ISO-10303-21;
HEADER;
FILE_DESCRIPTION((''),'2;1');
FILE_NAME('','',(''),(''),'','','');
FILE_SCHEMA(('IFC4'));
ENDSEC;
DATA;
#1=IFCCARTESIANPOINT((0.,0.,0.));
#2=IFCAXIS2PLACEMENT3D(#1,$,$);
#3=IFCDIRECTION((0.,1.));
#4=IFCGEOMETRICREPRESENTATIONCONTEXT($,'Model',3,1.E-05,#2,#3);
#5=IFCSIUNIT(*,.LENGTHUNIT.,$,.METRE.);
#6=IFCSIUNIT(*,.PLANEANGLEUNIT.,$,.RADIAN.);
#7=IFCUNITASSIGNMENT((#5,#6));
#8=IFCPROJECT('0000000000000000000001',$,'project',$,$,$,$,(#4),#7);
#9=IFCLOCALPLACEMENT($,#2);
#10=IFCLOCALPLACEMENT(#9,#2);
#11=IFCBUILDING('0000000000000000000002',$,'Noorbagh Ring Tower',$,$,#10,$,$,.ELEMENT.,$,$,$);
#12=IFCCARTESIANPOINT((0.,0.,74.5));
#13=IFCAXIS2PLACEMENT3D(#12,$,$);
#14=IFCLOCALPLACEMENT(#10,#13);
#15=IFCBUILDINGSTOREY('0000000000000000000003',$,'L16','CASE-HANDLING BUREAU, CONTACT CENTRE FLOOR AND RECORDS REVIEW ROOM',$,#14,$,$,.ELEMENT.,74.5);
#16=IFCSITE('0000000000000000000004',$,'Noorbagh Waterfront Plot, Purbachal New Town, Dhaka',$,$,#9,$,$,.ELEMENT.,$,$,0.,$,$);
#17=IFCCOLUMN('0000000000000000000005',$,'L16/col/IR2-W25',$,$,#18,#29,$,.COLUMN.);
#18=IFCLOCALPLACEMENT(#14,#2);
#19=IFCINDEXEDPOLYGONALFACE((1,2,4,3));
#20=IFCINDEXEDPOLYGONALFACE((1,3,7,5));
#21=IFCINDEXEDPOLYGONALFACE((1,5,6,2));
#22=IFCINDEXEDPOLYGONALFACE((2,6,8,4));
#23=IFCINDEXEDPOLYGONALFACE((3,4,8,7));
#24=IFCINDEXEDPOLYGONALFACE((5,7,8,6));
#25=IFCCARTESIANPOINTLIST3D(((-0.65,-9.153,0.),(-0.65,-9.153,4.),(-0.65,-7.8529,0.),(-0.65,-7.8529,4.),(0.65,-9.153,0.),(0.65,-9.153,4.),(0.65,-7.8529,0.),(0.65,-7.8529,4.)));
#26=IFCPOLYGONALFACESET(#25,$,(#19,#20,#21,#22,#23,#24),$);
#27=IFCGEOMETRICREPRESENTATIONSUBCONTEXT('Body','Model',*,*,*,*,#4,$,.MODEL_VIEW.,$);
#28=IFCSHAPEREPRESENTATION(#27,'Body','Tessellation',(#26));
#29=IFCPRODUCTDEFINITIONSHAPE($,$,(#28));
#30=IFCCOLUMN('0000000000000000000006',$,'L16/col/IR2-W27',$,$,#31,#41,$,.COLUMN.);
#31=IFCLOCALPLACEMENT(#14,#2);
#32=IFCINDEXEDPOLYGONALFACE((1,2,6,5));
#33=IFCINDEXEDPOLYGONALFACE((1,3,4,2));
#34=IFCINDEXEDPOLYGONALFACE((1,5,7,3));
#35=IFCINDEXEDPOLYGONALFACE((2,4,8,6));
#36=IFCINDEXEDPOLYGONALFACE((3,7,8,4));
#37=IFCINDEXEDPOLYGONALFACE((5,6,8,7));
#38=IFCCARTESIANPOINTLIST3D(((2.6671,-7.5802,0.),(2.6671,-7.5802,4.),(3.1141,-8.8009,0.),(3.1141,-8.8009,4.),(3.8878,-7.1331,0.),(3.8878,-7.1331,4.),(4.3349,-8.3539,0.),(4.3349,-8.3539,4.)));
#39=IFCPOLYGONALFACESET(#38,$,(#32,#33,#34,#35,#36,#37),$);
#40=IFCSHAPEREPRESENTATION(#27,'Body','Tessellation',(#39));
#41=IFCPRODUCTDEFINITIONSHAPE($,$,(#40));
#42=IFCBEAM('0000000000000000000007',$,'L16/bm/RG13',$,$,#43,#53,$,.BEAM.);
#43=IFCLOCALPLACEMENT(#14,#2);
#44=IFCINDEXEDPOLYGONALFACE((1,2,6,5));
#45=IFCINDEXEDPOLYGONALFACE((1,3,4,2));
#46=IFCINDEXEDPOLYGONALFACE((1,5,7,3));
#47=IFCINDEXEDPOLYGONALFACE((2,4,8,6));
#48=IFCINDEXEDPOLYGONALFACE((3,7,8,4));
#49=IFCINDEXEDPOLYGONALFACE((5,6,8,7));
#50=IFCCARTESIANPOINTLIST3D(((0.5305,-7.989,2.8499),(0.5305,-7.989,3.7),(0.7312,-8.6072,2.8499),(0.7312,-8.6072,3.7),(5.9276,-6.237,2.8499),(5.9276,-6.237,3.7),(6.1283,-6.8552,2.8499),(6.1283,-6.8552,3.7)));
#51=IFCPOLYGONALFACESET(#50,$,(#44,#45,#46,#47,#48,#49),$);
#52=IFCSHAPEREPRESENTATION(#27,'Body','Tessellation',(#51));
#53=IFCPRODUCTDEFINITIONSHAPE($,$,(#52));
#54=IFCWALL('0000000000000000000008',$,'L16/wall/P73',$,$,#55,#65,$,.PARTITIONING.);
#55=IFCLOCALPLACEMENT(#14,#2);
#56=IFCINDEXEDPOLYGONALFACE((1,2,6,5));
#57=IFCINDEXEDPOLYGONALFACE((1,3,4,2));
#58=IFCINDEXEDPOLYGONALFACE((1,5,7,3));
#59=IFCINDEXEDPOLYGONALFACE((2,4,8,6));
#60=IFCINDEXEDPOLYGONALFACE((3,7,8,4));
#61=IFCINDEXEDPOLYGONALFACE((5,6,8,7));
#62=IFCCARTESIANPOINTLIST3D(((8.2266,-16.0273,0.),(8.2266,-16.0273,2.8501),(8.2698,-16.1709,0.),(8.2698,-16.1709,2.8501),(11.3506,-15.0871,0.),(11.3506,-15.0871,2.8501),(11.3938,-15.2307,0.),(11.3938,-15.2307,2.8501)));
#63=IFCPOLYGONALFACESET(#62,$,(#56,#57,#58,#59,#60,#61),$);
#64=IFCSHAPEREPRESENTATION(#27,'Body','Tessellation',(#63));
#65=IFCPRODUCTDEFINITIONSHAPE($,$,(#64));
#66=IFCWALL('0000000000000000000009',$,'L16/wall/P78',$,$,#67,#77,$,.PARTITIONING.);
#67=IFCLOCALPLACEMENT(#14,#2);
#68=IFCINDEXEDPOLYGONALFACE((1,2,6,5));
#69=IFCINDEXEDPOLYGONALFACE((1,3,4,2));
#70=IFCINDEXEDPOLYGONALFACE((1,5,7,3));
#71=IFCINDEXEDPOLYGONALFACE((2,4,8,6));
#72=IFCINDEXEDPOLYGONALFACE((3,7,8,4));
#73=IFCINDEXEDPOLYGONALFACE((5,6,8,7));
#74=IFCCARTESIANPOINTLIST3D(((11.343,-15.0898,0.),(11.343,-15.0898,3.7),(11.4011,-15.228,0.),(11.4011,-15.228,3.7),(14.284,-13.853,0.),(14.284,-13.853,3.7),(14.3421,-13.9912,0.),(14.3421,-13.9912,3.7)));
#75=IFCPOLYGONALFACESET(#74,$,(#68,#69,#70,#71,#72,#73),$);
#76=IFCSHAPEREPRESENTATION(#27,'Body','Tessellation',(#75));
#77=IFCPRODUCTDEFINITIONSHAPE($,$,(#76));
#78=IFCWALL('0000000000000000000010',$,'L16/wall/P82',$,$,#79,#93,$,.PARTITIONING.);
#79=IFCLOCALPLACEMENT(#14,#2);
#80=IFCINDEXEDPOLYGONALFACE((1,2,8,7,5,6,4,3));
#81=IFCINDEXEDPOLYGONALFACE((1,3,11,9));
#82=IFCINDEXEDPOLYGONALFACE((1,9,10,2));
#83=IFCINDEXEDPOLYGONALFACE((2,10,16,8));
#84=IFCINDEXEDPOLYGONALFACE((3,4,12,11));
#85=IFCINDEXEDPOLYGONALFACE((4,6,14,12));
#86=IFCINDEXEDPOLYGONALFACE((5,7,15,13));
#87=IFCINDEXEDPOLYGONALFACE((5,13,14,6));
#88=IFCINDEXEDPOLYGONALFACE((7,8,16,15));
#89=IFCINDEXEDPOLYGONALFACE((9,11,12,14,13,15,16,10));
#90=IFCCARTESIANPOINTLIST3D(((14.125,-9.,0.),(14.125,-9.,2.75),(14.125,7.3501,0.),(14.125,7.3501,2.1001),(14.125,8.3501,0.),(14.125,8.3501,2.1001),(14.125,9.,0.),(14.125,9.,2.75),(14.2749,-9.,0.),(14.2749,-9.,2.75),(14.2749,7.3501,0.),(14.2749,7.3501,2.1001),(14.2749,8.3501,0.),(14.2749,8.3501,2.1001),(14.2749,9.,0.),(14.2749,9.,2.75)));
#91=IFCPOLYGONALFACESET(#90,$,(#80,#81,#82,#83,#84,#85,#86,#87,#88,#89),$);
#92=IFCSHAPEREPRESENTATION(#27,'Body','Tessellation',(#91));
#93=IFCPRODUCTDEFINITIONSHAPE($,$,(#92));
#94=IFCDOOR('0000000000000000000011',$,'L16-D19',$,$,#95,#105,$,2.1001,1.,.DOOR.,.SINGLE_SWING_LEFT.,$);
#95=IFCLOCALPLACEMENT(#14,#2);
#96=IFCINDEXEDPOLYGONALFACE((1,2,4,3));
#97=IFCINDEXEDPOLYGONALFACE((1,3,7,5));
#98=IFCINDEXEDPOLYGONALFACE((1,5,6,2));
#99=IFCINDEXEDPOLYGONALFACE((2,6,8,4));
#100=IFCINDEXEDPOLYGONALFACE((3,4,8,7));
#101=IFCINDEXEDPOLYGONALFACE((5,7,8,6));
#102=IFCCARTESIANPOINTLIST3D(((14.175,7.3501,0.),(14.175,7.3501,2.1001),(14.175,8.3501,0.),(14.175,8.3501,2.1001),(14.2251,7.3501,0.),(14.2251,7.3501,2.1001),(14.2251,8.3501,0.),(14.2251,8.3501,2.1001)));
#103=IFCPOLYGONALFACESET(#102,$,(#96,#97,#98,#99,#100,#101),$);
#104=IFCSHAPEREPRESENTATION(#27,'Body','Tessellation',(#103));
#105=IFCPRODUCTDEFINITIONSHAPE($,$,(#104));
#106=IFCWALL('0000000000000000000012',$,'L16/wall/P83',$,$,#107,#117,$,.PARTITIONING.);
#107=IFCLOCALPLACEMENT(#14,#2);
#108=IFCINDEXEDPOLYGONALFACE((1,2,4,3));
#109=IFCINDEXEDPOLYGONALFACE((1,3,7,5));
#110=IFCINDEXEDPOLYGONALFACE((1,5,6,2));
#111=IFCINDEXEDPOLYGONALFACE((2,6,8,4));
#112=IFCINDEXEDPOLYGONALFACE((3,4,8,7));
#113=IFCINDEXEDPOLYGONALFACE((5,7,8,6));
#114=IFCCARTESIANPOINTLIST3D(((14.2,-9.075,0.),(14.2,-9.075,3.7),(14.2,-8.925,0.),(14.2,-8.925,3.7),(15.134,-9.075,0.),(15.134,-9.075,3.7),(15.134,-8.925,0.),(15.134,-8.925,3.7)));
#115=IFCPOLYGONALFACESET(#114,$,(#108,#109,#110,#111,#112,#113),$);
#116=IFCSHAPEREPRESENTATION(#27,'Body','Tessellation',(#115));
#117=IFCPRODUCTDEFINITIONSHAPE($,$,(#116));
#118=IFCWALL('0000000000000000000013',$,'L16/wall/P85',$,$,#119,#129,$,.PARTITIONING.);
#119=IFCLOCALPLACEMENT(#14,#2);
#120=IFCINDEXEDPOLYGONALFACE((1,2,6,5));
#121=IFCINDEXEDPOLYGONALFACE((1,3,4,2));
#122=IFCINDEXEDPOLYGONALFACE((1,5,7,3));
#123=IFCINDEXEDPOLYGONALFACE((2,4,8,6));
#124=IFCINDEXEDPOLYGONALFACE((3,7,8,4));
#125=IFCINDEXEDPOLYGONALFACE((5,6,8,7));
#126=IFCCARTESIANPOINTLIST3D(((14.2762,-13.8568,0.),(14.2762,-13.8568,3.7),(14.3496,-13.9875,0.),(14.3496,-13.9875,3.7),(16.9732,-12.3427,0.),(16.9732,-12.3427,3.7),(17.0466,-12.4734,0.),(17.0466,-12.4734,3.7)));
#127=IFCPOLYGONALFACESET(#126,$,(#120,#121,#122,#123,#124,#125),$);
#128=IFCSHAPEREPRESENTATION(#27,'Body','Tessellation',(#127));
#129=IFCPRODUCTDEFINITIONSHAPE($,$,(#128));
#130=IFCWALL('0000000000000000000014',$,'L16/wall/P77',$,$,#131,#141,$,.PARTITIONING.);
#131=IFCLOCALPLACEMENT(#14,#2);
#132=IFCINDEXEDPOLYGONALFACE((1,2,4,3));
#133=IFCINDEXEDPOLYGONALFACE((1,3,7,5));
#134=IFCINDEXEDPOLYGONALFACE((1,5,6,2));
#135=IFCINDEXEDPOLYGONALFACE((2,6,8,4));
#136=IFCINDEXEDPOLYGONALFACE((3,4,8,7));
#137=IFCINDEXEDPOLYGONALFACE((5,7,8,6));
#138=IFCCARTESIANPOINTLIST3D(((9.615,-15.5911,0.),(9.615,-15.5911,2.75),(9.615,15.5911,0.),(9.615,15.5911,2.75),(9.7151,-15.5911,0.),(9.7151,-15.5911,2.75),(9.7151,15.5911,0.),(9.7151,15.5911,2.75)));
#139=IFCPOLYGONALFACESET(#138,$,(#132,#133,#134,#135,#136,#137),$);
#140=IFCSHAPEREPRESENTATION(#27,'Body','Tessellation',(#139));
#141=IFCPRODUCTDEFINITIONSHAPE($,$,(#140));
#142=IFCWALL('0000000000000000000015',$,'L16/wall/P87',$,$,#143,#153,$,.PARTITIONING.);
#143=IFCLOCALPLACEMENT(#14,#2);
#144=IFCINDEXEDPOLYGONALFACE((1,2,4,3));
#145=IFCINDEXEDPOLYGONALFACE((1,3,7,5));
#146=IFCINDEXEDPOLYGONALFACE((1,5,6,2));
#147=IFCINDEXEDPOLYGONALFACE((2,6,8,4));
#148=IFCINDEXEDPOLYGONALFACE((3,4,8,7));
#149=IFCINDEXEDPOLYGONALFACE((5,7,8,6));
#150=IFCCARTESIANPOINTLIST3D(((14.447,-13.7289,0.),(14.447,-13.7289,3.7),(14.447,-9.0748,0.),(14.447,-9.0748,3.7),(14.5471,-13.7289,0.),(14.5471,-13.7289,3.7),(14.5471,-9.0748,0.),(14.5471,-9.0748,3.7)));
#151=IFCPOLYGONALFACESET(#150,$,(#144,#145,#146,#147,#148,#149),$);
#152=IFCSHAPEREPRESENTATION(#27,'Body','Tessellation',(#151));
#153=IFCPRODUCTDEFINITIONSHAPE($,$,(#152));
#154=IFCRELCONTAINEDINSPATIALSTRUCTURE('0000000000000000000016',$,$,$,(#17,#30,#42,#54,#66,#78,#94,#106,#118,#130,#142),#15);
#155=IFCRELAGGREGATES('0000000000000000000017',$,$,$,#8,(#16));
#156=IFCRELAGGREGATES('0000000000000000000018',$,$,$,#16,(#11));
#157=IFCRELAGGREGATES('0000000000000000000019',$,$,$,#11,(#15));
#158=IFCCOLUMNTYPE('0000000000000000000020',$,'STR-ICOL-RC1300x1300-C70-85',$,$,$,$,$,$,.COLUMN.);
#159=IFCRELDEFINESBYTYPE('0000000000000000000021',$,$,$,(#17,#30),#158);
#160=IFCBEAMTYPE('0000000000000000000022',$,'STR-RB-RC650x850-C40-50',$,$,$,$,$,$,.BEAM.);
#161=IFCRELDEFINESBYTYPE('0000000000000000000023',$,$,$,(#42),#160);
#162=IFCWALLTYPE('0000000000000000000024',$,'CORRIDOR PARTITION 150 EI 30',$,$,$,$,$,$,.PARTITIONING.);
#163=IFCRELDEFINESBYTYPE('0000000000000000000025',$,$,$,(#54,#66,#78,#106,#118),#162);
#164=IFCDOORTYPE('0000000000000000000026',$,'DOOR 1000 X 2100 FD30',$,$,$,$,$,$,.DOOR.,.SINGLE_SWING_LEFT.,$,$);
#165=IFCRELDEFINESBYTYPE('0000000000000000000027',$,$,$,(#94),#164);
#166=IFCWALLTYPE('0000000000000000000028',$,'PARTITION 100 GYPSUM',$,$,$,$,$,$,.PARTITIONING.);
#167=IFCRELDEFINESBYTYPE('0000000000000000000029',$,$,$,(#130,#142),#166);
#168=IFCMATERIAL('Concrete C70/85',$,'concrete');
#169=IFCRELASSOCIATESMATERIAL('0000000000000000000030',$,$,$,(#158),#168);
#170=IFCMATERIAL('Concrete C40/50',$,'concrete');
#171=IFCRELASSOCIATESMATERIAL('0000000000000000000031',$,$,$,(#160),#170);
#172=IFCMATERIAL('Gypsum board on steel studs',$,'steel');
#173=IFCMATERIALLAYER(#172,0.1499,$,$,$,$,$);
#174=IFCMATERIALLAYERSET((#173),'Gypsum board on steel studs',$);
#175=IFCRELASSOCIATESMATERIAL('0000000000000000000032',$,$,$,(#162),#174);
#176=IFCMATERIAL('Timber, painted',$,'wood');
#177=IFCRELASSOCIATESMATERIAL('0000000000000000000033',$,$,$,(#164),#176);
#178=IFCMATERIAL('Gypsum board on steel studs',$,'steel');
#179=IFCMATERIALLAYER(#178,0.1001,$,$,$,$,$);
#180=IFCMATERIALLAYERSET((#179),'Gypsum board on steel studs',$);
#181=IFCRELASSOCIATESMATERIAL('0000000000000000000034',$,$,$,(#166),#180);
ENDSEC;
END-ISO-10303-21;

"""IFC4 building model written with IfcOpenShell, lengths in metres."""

from ifc_helpers import new_model, si_unit, direction, frame, frame_2d, origin, origin_2d, place, context, subcontext, project, spatial, rectangle, extrude, material, layer, layer_set, material_profile, profile_set, type_object, element, fill, save


model = new_model("IFC4")

# Units and contexts
model_context = context("Model", 3, precision=1e-05, world=origin(), true_north=direction((0.0, 1.0)))
body_context = subcontext(model_context, "Body", "Model", "MODEL_VIEW")
ifc_project = project(units=[si_unit("LENGTHUNIT", "METRE"), si_unit("PLANEANGLEUNIT", "RADIAN")], contexts=[model_context])

# Site, building, storey
site_placement = place(None, origin())
site = spatial("IfcSite", under=ifc_project, at=site_placement, Name="Noorbagh Waterfront Plot, Purbachal New Town, Dhaka", CompositionType="ELEMENT", RefElevation=0.0)
building_placement = place(site_placement, origin())
building = spatial("IfcBuilding", under=site, at=building_placement, Name="Noorbagh Ring Tower", CompositionType="ELEMENT")
storey_placement = place(building_placement, frame((0.0, 0.0, 74.5)))
storey = spatial("IfcBuildingStorey", under=building, at=storey_placement, Name="L16", Description="CASE-HANDLING BUREAU, CONTACT CENTRE FLOOR AND RECORDS REVIEW ROOM", CompositionType="ELEMENT", Elevation=74.5)

# Columns
ifc_material_1 = material(Name="Concrete C70/85", Category="concrete")
ifc_material_profile_1 = material_profile(ifc_material_1, rectangle(XDim=1.3, YDim=1.3, at=origin_2d()), Name="RC1300x1300")
ifc_profile_set_1 = profile_set([ifc_material_profile_1], Name="Concrete C70/85")
column_type = type_object("IfcColumnType", Name="STR-ICOL-RC1300x1300-C70-85", PredefinedType="COLUMN", material=ifc_profile_set_1)
for number, where, z_axis, x_axis, name in (
    (1, (0.0, -8.5029, 0.0), (0.0, 0.0, 1.0), (1.0, 0.0, 0.0), "L16/col/IR2-W25"),
    (2, (3.501, -7.967, 0.0), (0.0, 0.0, 1.0), (0.93902, 0.343864, 0.0), "L16/col/IR2-W27"),
):
    element("IfcColumn", number, at=place(storey_placement, frame(where, z_axis=z_axis, x_axis=x_axis)), inside=storey, type_object=column_type, Name=name, PredefinedType="COLUMN", context=body_context, shape_type="SweptSolid", body=[
        extrude(rectangle(XDim=1.3, YDim=1.3, at=origin_2d()), origin(), (0.0, 0.0, 1.0), 4.0),
    ])

# Beam
ifc_material_2 = material(Name="Concrete C40/50", Category="concrete")
ifc_material_profile_2 = material_profile(ifc_material_2, rectangle(XDim=0.6499, YDim=0.8501, at=origin_2d()), Name="RC650x850")
ifc_profile_set_2 = profile_set([ifc_material_profile_2], Name="Concrete C40/50")
beam_type = type_object("IfcBeamType", Name="STR-RB-RC650x850-C40-50", PredefinedType="BEAM", material=ifc_profile_set_2)
beam_placement = place(storey_placement, frame((0.6309, -8.2981, 3.2749), z_axis=(0.951141, 0.308757, 0.0), x_axis=(-0.308757, 0.951141, 0.0)))
element("IfcBeam", 3, at=beam_placement, inside=storey, type_object=beam_type, Name="L16/bm/RG13", PredefinedType="BEAM", context=body_context, shape_type="SweptSolid", body=[
    extrude(rectangle(XDim=0.6499, YDim=0.8501, at=origin_2d()), origin(), (0.0, 0.0, 1.0), 5.6743),
])

# Walls
ifc_material_3 = material(Name="Gypsum board on steel studs", Category="steel")
ifc_layer_1 = layer(ifc_material_3, 0.1499)
ifc_layer_set_1 = layer_set([ifc_layer_1], Name="Gypsum board on steel studs")
wall_type_1 = type_object("IfcWallType", Name="CORRIDOR PARTITION 150 EI 30", PredefinedType="PARTITIONING", material=ifc_layer_set_1)
wall_1_placement = place(storey_placement, frame((8.248, -16.0991, 0.0), z_axis=(0.0, 0.0, 1.0), x_axis=(0.957575, 0.288185, 0.0)))
element("IfcWall", 4, at=wall_1_placement, inside=storey, type_object=wall_type_1, Name="L16/wall/P73", PredefinedType="PARTITIONING", context=body_context, shape_type="SweptSolid", body=[
    extrude(rectangle(XDim=3.2625, YDim=0.1499, at=frame_2d((1.6313, 0.0))), origin(), (0.0, 0.0, 1.0), 2.8501),
])
wall_2_placement = place(storey_placement, frame((11.3721, -15.1589, 0.0), z_axis=(0.0, 0.0, 1.0), x_axis=(0.9218, 0.387667, 0.0)))
element("IfcWall", 5, at=wall_2_placement, inside=storey, type_object=wall_type_1, Name="L16/wall/P78", PredefinedType="PARTITIONING", context=body_context, shape_type="SweptSolid", body=[
    extrude(rectangle(XDim=3.1904, YDim=0.1499, at=frame_2d((1.5952, 0.0))), origin(), (0.0, 0.0, 1.0), 3.7),
])

# Wall, opening, door
wall_3_placement = place(storey_placement, frame((14.2, -9.0, 0.0), z_axis=(0.0, 0.0, 1.0), x_axis=(0.0, 1.0, 0.0)))
wall_3 = element("IfcWall", 6, at=wall_3_placement, inside=storey, type_object=wall_type_1, Name="L16/wall/P82", PredefinedType="PARTITIONING", context=body_context, shape_type="SweptSolid", body=[
    extrude(rectangle(XDim=18.0, YDim=0.1499, at=frame_2d((9.0, 0.0))), origin(), (0.0, 0.0, 1.0), 2.75),
])
opening_placement = place(wall_3_placement, frame((16.3501, 0.0, 0.0)))
opening = element("IfcOpeningElement", 7, at=opening_placement, cuts=wall_3, PredefinedType="OPENING", context=body_context, shape_type="SweptSolid", body=[
    extrude(rectangle(XDim=1.0, YDim=2.1001, at=frame_2d((0.5, 1.05))), frame((0.0, 0.085, 0.0), z_axis=(0.0, -1.0, 0.0), x_axis=(1.0, 0.0, 0.0)), (0.0, 0.0, 1.0), 0.1699),
])
ifc_material_4 = material(Name="Timber, painted", Category="wood")
door_type = type_object("IfcDoorType", Name="DOOR 1000 X 2100 FD30", OperationType="SINGLE_SWING_LEFT", PredefinedType="DOOR", material=ifc_material_4)
door_placement = place(opening_placement, origin())
door = element("IfcDoor", 8, at=door_placement, inside=storey, type_object=door_type, Name="L16-D19", OperationType="SINGLE_SWING_LEFT", OverallHeight=2.1001, OverallWidth=1.0, PredefinedType="DOOR", context=body_context, shape_type="SweptSolid", body=[
    extrude(rectangle(XDim=1.0, YDim=2.1001, at=frame_2d((0.5, 1.05))), frame((0.0, 0.0249, 0.0), z_axis=(0.0, -1.0, 0.0), x_axis=(1.0, 0.0, 0.0)), (0.0, 0.0, 1.0), 0.05),
])
fill(opening, door)

# Walls
wall_4_placement = place(storey_placement, frame((14.2, -9.0, 0.0), z_axis=(0.0, 0.0, 1.0), x_axis=(1.0, 0.0, 0.0)))
element("IfcWall", 9, at=wall_4_placement, inside=storey, type_object=wall_type_1, Name="L16/wall/P83", PredefinedType="PARTITIONING", context=body_context, shape_type="SweptSolid", body=[
    extrude(rectangle(XDim=0.9341, YDim=0.1499, at=frame_2d((0.467, 0.0))), origin(), (0.0, 0.0, 1.0), 3.7),
])
wall_5_placement = place(storey_placement, frame((14.313, -13.9221, 0.0), z_axis=(0.0, 0.0, 1.0), x_axis=(0.871978, 0.489545, 0.0)))
element("IfcWall", 10, at=wall_5_placement, inside=storey, type_object=wall_type_1, Name="L16/wall/P85", PredefinedType="PARTITIONING", context=body_context, shape_type="SweptSolid", body=[
    extrude(rectangle(XDim=3.093, YDim=0.1499, at=frame_2d((1.5464, 0.0))), origin(), (0.0, 0.0, 1.0), 3.7),
])
ifc_material_5 = material(Name="Gypsum board on steel studs", Category="steel")
ifc_layer_2 = layer(ifc_material_5, 0.1001)
ifc_layer_set_2 = layer_set([ifc_layer_2], Name="Gypsum board on steel studs")
wall_type_2 = type_object("IfcWallType", Name="PARTITION 100 GYPSUM", PredefinedType="PARTITIONING", material=ifc_layer_set_2)
wall_6_placement = place(storey_placement, frame((9.665, -15.5911, 0.0), z_axis=(0.0, 0.0, 1.0), x_axis=(0.0, 1.0, 0.0)))
element("IfcWall", 11, at=wall_6_placement, inside=storey, type_object=wall_type_2, Name="L16/wall/P77", PredefinedType="PARTITIONING", context=body_context, shape_type="SweptSolid", body=[
    extrude(rectangle(XDim=31.1821, YDim=0.1001, at=frame_2d((15.5911, 0.0))), origin(), (0.0, 0.0, 1.0), 2.75),
])
wall_7_placement = place(storey_placement, frame((14.4971, -13.729, 0.0), z_axis=(0.0, 0.0, 1.0), x_axis=(0.0, 1.0, 0.0)))
element("IfcWall", 12, at=wall_7_placement, inside=storey, type_object=wall_type_2, Name="L16/wall/P87", PredefinedType="PARTITIONING", context=body_context, shape_type="SweptSolid", body=[
    extrude(rectangle(XDim=4.6541, YDim=0.1001, at=frame_2d((2.3271, 0.0))), origin(), (0.0, 0.0, 1.0), 3.7),
])

save(model, "model.ifc")
